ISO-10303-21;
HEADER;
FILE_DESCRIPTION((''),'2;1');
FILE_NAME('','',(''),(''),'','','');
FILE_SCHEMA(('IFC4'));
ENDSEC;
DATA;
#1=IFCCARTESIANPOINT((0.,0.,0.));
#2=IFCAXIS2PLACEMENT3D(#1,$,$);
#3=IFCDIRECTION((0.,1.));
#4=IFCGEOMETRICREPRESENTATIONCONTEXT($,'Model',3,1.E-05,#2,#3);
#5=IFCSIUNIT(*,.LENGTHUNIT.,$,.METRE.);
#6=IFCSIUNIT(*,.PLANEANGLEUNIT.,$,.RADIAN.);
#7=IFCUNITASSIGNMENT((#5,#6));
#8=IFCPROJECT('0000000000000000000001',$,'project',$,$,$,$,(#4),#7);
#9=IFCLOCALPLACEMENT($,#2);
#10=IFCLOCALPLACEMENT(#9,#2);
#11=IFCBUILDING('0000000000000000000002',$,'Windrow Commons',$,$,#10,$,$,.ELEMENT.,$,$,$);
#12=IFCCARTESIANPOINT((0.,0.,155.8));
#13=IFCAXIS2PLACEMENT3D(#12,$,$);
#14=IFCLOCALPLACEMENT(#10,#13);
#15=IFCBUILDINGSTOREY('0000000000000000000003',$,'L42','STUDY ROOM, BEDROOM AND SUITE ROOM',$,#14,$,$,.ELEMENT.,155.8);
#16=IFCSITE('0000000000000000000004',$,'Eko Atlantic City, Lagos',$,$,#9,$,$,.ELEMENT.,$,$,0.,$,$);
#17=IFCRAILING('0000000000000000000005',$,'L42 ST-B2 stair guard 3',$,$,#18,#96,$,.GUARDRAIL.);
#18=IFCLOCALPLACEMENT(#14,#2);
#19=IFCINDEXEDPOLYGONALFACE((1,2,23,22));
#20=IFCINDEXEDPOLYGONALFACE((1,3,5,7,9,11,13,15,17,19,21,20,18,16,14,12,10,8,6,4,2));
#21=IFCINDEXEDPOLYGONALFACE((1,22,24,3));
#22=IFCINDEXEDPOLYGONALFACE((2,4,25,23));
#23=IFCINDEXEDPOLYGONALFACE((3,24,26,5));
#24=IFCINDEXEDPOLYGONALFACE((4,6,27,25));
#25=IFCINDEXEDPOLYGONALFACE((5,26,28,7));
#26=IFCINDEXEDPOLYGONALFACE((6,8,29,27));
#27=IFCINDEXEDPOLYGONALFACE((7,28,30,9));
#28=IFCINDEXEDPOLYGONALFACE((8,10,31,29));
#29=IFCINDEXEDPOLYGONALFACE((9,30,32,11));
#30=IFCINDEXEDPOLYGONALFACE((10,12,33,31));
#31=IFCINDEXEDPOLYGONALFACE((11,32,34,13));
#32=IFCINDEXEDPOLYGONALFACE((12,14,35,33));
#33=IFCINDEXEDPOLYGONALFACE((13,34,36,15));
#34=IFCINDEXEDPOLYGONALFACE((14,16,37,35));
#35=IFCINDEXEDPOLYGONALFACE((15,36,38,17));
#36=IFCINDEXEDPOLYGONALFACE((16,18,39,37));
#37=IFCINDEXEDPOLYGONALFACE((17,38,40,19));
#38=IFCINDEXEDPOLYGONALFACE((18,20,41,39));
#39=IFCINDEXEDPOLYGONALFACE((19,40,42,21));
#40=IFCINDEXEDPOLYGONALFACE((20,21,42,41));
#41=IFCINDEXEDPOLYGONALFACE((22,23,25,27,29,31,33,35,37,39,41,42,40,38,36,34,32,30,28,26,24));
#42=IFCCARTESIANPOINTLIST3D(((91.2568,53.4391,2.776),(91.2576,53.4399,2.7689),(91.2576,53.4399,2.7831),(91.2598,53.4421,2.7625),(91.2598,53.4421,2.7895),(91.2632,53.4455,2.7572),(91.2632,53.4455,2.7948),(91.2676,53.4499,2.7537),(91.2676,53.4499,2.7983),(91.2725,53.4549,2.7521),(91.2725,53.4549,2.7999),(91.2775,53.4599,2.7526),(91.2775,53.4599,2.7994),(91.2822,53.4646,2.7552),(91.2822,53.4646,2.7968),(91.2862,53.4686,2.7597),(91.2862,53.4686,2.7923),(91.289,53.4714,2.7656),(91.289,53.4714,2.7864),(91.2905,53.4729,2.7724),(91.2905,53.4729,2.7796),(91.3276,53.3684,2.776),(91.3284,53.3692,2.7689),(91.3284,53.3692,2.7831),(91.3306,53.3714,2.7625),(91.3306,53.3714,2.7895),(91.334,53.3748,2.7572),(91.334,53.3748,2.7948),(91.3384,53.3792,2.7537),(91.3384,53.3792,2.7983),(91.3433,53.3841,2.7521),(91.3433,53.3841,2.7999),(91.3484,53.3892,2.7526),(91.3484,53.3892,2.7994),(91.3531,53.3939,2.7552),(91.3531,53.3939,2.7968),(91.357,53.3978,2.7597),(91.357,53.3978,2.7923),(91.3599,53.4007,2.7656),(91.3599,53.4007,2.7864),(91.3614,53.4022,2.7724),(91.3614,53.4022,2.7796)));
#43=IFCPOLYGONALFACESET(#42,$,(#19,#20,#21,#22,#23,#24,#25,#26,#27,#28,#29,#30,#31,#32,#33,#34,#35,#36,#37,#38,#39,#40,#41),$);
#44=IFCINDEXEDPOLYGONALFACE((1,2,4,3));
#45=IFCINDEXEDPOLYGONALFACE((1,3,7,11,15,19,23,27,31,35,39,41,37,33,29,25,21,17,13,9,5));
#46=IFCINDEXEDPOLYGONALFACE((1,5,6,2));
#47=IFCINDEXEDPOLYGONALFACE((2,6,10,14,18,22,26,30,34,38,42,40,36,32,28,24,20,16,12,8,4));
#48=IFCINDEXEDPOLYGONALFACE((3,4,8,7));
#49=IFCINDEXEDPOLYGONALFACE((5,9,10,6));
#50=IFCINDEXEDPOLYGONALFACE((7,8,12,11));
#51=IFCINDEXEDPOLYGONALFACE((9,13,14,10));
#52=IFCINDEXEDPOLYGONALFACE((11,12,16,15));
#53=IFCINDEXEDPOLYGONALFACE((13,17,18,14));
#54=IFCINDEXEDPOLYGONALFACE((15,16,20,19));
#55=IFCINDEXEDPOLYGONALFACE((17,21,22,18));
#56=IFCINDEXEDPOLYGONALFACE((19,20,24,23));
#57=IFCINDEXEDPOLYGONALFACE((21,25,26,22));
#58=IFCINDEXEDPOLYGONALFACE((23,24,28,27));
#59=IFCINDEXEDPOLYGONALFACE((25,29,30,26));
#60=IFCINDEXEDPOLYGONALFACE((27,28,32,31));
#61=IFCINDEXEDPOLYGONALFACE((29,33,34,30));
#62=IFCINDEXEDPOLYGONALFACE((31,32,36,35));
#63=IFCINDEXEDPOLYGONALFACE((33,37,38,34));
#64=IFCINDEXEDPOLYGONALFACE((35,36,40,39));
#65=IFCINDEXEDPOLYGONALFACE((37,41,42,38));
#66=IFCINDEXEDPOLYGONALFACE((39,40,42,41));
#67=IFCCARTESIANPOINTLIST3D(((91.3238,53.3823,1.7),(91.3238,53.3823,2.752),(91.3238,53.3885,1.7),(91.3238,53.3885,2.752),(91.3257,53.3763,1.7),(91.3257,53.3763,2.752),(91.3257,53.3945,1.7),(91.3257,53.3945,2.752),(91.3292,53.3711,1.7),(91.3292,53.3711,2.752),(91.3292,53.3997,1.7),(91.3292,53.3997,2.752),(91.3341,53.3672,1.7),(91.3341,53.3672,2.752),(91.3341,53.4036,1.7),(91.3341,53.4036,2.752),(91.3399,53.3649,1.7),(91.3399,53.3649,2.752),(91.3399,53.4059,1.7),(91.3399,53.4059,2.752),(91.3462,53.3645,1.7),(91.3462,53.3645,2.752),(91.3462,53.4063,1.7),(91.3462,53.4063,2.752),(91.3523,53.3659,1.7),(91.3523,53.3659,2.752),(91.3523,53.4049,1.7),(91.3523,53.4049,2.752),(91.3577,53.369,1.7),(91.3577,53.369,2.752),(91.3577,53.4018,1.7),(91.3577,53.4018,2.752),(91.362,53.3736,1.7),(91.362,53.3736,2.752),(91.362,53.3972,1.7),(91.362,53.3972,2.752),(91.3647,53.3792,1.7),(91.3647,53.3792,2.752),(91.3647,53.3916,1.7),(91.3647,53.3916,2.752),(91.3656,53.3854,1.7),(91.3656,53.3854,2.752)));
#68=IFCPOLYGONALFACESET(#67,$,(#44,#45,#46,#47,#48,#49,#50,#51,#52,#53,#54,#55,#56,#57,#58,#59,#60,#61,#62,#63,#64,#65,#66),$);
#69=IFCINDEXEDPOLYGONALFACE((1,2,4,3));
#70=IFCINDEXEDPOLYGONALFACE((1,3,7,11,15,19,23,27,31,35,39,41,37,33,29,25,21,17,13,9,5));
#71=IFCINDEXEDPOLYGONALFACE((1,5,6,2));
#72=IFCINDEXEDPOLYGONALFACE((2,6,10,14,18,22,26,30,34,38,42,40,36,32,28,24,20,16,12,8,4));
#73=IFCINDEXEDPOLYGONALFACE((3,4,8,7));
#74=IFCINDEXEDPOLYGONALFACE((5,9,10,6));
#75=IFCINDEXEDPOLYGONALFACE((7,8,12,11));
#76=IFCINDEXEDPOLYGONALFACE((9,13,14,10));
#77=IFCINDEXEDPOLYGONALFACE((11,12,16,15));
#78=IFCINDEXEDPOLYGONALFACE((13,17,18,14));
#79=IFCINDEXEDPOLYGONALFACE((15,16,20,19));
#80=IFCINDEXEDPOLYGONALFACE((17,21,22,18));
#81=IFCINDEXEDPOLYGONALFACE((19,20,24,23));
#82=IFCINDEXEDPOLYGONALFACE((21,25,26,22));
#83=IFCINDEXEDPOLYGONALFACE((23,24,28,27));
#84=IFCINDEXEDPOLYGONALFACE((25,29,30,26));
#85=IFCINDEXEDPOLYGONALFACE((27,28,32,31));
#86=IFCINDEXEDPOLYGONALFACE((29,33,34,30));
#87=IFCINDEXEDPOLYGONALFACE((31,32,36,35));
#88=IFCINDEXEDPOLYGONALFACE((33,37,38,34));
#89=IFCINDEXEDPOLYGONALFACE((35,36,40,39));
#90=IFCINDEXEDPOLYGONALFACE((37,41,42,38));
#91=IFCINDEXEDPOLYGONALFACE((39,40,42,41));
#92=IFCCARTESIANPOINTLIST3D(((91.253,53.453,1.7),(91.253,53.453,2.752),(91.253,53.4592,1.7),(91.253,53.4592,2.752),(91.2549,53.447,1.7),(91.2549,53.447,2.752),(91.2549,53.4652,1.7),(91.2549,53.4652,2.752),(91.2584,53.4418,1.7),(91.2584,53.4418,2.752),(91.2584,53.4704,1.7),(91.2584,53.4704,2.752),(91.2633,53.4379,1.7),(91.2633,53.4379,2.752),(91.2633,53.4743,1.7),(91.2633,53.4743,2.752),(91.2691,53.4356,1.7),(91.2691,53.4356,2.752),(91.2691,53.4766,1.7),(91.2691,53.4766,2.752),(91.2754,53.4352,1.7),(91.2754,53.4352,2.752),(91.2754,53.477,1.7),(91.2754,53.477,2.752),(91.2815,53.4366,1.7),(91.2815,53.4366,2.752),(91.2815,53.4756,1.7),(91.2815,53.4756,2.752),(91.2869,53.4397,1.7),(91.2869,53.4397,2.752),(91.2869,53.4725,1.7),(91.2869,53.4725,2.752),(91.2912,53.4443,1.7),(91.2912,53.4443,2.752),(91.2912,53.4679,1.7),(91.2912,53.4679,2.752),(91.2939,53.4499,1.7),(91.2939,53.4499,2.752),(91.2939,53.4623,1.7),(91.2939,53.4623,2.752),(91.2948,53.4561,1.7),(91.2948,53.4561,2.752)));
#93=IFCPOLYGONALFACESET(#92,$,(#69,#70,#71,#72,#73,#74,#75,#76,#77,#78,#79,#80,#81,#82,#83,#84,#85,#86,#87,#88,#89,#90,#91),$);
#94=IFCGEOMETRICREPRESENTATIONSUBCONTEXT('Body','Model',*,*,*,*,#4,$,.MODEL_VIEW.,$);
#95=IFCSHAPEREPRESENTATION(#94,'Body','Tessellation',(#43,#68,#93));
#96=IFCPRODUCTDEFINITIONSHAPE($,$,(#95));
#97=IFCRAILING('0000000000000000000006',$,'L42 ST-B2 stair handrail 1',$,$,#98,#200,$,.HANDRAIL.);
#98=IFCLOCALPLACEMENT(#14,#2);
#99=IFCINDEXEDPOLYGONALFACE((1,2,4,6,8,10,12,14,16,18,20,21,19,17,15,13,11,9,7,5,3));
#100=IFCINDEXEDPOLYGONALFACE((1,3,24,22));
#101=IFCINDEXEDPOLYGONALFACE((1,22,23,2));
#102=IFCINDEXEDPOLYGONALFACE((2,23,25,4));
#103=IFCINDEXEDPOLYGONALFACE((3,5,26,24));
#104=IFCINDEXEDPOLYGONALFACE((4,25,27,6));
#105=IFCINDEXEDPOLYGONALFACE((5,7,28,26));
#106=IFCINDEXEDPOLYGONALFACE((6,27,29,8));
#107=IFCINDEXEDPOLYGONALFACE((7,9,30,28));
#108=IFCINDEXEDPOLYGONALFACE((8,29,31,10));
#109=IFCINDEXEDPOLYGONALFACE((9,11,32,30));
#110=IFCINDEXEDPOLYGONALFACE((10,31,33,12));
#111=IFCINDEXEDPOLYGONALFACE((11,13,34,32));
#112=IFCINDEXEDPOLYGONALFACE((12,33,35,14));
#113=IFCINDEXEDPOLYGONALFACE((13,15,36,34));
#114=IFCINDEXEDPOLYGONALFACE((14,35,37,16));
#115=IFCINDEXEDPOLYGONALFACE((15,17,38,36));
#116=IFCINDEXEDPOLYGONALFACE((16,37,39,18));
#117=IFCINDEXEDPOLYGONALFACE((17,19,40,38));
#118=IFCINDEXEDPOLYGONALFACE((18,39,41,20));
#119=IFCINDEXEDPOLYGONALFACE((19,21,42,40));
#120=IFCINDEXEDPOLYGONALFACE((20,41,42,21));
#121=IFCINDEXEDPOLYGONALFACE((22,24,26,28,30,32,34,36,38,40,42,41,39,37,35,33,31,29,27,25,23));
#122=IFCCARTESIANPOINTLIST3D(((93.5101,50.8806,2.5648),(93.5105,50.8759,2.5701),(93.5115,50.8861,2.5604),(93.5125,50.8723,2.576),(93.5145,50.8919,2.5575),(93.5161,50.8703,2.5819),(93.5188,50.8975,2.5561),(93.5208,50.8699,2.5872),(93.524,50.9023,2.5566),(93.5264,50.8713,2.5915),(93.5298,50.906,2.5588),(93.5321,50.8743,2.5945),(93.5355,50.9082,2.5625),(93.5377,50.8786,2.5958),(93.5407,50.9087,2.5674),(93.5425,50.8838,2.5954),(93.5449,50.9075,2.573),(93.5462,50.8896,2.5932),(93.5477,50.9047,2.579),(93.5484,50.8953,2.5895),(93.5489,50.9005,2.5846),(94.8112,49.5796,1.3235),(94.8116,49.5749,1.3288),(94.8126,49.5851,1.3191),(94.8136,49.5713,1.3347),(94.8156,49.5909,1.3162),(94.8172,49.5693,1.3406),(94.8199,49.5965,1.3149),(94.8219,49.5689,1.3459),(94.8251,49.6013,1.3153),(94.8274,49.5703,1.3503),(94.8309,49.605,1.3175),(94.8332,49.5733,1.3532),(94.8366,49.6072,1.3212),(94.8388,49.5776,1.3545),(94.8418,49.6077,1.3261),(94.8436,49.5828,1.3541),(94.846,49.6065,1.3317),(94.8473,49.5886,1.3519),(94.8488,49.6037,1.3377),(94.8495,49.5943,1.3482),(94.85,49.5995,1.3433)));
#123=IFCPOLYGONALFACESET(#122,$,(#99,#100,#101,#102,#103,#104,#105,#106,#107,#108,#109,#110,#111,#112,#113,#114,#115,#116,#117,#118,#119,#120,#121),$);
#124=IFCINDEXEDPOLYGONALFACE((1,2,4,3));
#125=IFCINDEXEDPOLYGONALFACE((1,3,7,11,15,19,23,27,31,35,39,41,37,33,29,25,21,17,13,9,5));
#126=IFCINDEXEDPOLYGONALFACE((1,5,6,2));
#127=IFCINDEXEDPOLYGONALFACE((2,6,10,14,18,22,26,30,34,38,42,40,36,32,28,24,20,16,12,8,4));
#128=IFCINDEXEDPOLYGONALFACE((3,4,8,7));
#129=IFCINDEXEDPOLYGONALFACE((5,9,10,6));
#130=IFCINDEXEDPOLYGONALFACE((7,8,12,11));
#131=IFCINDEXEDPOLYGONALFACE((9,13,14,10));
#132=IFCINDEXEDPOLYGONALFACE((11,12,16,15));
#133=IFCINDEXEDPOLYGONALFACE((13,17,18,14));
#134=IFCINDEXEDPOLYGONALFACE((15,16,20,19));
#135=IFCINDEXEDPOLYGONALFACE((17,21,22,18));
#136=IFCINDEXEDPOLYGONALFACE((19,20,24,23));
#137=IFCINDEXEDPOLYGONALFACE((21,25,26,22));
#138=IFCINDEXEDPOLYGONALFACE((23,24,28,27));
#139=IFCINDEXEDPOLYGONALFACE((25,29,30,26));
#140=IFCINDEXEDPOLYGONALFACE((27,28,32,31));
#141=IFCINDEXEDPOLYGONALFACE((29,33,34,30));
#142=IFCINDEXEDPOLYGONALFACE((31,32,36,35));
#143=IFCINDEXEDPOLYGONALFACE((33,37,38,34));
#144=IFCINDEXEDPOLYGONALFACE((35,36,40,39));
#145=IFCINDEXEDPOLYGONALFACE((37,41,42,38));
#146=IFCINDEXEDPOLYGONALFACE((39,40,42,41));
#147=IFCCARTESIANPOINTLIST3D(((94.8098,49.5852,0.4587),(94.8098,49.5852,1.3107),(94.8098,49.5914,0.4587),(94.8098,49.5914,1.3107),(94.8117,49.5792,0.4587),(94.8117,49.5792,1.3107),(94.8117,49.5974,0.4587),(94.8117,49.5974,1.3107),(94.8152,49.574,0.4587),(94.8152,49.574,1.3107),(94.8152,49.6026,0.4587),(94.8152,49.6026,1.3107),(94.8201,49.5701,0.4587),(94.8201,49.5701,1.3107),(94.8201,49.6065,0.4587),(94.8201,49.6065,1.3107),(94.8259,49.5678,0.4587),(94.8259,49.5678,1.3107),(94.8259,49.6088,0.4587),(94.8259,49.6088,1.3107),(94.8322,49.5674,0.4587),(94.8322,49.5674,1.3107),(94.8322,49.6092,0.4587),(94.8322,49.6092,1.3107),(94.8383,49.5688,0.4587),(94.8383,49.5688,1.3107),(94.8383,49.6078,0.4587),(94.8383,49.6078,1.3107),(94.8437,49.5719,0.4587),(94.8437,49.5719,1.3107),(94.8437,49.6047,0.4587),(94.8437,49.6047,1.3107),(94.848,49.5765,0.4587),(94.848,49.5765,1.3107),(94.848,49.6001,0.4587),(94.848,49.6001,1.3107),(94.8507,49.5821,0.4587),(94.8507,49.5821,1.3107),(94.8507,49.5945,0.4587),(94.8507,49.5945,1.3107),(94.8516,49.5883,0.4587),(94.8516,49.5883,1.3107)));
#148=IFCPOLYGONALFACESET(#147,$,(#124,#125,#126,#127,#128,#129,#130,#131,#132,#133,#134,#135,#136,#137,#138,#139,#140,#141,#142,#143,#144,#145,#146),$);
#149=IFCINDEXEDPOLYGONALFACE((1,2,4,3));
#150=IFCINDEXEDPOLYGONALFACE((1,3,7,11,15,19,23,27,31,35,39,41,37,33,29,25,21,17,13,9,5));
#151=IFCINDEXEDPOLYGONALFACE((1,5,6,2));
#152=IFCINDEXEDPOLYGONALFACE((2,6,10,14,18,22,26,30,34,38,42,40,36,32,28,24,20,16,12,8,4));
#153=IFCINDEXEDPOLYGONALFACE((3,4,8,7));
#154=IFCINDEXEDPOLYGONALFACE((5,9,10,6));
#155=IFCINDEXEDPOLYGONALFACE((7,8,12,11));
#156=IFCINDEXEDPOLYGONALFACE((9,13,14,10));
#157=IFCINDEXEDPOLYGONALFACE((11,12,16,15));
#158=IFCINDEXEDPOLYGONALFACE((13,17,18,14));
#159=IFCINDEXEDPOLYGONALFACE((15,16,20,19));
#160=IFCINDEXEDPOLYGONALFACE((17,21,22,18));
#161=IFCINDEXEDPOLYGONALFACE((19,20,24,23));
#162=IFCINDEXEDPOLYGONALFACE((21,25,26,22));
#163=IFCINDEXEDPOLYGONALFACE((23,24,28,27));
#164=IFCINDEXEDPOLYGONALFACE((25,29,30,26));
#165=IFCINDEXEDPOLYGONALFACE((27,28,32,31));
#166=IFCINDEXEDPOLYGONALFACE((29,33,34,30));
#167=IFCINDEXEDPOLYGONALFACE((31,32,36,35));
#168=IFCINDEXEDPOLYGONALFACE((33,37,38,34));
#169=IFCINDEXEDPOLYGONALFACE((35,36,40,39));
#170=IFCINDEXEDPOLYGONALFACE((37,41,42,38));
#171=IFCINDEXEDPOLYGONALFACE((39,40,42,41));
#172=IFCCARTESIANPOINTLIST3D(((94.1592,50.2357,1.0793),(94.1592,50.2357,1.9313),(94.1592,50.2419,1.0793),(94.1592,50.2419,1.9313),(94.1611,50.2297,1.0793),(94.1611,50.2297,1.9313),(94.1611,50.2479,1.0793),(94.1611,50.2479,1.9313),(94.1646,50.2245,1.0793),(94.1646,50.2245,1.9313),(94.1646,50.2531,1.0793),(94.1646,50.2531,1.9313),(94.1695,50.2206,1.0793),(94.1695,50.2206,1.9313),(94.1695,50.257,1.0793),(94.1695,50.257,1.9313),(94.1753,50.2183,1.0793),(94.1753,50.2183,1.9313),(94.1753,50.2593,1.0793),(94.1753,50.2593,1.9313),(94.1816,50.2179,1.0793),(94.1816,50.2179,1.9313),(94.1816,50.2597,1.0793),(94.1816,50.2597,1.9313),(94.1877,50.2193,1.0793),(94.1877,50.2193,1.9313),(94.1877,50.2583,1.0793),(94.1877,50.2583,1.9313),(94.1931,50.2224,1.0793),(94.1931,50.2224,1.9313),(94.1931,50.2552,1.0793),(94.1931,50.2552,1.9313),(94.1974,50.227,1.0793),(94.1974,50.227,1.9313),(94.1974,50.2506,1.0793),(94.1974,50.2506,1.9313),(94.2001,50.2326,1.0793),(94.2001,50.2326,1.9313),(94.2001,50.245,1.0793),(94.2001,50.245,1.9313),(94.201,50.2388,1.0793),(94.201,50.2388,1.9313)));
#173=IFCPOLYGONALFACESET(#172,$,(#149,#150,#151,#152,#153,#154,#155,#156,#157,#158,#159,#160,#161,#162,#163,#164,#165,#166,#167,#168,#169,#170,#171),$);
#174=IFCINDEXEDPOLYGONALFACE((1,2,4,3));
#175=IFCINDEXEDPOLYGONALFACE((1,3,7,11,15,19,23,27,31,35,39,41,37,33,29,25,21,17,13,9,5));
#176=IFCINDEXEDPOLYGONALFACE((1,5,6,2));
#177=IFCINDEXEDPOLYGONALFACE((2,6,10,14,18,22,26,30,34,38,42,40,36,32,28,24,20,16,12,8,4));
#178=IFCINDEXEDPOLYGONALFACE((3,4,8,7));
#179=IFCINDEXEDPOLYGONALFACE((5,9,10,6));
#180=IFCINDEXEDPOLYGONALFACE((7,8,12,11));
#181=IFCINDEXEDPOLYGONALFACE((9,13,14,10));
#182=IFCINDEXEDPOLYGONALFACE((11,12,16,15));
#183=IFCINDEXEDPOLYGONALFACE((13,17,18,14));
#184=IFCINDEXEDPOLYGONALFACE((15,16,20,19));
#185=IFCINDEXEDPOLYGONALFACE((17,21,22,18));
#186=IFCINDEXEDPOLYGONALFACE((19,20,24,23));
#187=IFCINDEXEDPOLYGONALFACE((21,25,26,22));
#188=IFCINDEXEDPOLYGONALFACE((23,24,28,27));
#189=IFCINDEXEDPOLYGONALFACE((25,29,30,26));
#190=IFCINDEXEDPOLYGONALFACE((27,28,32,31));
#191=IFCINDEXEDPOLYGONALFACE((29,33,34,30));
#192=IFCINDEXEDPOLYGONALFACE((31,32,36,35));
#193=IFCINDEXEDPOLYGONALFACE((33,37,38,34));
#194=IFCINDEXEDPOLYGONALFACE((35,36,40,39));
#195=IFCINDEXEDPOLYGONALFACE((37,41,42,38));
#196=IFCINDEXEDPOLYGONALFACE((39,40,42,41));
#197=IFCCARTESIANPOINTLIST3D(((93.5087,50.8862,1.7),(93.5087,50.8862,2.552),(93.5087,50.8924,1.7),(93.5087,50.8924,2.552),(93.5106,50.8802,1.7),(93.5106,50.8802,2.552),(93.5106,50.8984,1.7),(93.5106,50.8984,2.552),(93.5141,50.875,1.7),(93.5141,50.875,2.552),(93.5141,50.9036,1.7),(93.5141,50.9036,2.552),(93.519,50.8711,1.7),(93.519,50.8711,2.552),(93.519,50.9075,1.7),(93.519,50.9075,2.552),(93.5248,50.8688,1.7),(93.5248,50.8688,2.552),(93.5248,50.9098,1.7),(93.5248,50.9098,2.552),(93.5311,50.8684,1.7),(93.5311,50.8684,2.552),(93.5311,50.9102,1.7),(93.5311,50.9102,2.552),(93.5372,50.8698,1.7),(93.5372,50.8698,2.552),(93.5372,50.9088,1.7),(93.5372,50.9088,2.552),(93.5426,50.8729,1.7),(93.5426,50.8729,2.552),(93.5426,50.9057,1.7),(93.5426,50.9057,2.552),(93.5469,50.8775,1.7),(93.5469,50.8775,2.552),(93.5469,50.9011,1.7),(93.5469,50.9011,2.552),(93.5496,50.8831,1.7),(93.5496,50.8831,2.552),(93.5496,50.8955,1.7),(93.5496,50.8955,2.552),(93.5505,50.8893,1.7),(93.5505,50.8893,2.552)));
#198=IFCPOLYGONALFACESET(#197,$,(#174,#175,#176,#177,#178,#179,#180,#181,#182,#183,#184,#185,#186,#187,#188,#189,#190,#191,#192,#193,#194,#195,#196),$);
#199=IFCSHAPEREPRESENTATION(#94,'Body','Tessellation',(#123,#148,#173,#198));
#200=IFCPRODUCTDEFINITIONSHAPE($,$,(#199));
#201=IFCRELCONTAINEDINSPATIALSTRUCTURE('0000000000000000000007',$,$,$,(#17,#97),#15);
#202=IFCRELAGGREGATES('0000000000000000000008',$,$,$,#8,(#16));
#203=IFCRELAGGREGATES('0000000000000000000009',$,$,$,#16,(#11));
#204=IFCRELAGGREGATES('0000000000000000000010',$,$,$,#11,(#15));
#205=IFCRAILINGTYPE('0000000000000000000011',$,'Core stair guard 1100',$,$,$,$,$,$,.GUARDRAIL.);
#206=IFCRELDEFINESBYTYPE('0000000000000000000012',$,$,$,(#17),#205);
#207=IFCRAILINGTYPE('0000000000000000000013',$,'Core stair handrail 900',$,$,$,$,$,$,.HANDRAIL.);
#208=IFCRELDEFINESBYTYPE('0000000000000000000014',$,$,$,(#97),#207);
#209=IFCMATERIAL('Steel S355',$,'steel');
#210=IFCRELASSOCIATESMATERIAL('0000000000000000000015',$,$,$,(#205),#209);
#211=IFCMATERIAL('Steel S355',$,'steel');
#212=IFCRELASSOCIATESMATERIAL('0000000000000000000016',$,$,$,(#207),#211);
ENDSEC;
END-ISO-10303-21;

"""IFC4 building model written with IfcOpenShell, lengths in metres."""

from ifc_helpers import new_model, si_unit, direction, frame, origin, origin_2d, place, context, subcontext, project, spatial, circle, extrude, material, type_object, element, save


model = new_model("IFC4")

# Units and contexts
model_context = context("Model", 3, precision=1e-05, world=origin(), true_north=direction((0.0, 1.0)))
body_context = subcontext(model_context, "Body", "Model", "MODEL_VIEW")
ifc_project = project(units=[si_unit("LENGTHUNIT", "METRE"), si_unit("PLANEANGLEUNIT", "RADIAN")], contexts=[model_context])

# Site, building, storey
site_placement = place(None, origin())
site = spatial("IfcSite", under=ifc_project, at=site_placement, Name="Eko Atlantic City, Lagos", CompositionType="ELEMENT", RefElevation=0.0)
building_placement = place(site_placement, origin())
building = spatial("IfcBuilding", under=site, at=building_placement, Name="Windrow Commons", CompositionType="ELEMENT")
storey_placement = place(building_placement, frame((0.0, 0.0, 155.8)))
storey = spatial("IfcBuildingStorey", under=building, at=storey_placement, Name="L42", Description="STUDY ROOM, BEDROOM AND SUITE ROOM", CompositionType="ELEMENT", Elevation=155.8)

# Railings
ifc_material_1 = material(Name="Steel S355", Category="steel")
railing_type_1 = type_object("IfcRailingType", Name="Core stair guard 1100", PredefinedType="GUARDRAIL", material=ifc_material_1)
railing_1_placement = place(storey_placement, frame((91.3446, 53.3854, 1.7)))
element("IfcRailing", 1, at=railing_1_placement, inside=storey, type_object=railing_type_1, Name="L42 ST-B2 stair guard 3", PredefinedType="GUARDRAIL", context=body_context, shape_type="SweptSolid", body=[
    extrude(circle(Radius=0.024, at=origin_2d()), frame((0.0, 0.0, 1.076), z_axis=(-0.707606, 0.706607, 0.0), x_axis=(-0.706607, -0.707606, 0.0)), (0.0, 0.0, 1.0), 0.1001),
    extrude(circle(Radius=0.021, at=origin_2d()), origin(), (0.0, 0.0, 1.0), 1.052),
    extrude(circle(Radius=0.021, at=origin_2d()), frame((-0.0708, 0.0707, 0.0)), (0.0, 0.0, 1.0), 1.052),
])
ifc_material_2 = material(Name="Steel S355", Category="steel")
railing_type_2 = type_object("IfcRailingType", Name="Core stair handrail 900", PredefinedType="HANDRAIL", material=ifc_material_2)
railing_2_placement = place(storey_placement, frame((94.8306, 49.5883, 0.4587)))
element("IfcRailing", 2, at=railing_2_placement, inside=storey, type_object=railing_type_2, Name="L42 ST-B2 stair handrail 1", PredefinedType="HANDRAIL", context=body_context, shape_type="SweptSolid", body=[
    extrude(circle(Radius=0.024, at=origin_2d()), frame((0.0, 0.0, 0.876), z_axis=(-0.586207, 0.586162, 0.559264), x_axis=(-0.70708, -0.707134, 0.0)), (0.0, 0.0, 1.0), 2.2195),
    extrude(circle(Radius=0.021, at=origin_2d()), origin(), (0.0, 0.0, 1.0), 0.852),
    extrude(circle(Radius=0.021, at=origin_2d()), frame((-0.6506, 0.6505, 0.6206)), (0.0, 0.0, 1.0), 0.852),
    extrude(circle(Radius=0.021, at=origin_2d()), frame((-1.3011, 1.301, 1.2413)), (0.0, 0.0, 1.0), 0.852),
])

save(model, "model.ifc")
